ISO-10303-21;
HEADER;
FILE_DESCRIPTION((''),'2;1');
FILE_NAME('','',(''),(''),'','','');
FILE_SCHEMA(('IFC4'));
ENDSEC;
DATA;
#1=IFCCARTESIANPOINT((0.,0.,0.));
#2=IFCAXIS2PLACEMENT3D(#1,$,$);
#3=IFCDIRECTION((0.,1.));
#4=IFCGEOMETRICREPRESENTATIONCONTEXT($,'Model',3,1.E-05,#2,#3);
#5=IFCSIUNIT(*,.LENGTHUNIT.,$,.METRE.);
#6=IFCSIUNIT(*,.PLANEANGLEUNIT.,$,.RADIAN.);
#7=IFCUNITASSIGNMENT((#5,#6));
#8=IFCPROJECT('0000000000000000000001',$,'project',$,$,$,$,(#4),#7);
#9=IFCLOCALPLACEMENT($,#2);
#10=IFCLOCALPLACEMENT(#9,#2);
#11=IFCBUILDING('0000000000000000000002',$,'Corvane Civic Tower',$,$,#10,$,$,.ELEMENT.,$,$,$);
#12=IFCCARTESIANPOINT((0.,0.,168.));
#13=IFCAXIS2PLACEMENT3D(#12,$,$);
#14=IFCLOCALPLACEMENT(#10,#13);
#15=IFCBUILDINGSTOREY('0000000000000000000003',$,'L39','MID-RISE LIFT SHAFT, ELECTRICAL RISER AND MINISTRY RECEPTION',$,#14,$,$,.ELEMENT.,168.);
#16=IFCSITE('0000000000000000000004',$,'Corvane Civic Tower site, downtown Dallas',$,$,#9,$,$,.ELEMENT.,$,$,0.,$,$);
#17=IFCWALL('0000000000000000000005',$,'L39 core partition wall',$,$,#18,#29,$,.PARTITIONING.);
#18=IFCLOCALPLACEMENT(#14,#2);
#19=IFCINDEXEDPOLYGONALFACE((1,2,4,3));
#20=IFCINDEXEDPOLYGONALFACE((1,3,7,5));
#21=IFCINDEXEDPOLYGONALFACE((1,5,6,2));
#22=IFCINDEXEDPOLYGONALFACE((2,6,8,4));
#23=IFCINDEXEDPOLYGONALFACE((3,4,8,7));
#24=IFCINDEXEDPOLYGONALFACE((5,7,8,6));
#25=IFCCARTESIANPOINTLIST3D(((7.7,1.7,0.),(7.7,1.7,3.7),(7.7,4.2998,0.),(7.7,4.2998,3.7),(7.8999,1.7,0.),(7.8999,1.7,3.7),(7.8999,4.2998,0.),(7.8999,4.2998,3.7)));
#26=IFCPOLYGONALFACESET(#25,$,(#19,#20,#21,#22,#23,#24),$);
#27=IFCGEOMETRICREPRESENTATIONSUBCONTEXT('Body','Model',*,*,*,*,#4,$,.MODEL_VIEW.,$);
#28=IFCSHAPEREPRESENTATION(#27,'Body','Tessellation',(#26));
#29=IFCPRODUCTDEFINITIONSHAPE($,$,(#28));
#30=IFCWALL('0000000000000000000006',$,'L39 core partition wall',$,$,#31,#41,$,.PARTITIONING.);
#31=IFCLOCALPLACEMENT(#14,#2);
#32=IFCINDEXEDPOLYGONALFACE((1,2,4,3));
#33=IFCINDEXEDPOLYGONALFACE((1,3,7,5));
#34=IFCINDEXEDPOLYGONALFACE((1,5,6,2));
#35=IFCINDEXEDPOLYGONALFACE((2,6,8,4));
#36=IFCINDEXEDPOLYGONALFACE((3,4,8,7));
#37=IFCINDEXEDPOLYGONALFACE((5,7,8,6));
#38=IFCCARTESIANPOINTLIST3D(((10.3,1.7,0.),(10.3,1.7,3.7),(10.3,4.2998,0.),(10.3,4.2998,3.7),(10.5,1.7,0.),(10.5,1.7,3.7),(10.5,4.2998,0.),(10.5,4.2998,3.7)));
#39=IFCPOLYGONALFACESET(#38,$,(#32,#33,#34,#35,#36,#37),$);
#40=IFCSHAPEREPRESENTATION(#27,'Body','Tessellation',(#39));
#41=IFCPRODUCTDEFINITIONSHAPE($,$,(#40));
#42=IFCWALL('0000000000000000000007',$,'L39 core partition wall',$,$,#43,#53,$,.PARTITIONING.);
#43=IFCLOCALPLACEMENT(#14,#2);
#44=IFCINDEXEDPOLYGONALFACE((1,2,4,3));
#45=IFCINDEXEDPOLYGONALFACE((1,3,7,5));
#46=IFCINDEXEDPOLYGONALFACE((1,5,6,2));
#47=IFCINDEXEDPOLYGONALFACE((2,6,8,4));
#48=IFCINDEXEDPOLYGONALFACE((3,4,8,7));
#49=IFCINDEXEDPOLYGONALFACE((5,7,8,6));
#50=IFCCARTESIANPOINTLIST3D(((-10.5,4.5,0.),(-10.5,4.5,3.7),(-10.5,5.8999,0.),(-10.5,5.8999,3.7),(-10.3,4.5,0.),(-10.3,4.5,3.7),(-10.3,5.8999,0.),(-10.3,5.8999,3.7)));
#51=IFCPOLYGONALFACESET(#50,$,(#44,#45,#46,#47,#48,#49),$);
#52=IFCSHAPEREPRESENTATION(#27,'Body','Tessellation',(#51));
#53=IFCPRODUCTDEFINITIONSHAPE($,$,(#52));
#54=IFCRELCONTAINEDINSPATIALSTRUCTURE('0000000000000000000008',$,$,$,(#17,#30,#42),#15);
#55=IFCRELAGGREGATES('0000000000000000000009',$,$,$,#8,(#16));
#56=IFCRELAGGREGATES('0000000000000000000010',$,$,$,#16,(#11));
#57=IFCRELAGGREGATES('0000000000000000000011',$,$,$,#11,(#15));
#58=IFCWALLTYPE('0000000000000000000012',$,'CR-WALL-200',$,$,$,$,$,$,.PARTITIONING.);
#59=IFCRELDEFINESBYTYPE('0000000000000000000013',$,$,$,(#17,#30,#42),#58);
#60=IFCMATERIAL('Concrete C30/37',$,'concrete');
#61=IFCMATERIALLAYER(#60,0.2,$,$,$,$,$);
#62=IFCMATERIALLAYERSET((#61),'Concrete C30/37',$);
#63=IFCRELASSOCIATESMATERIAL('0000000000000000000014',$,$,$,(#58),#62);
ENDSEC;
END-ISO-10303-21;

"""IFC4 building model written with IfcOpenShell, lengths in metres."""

from ifc_helpers import new_model, si_unit, direction, frame, origin, place, context, subcontext, project, spatial, polyline, outline, extrude, material, layer, layer_set, type_object, element, save


model = new_model("IFC4")

# Units and contexts
model_context = context("Model", 3, precision=1e-05, world=origin(), true_north=direction((0.0, 1.0)))
body_context = subcontext(model_context, "Body", "Model", "MODEL_VIEW")
ifc_project = project(units=[si_unit("LENGTHUNIT", "METRE"), si_unit("PLANEANGLEUNIT", "RADIAN")], contexts=[model_context])

# Site, building, storey
site_placement = place(None, origin())
site = spatial("IfcSite", under=ifc_project, at=site_placement, Name="Corvane Civic Tower site, downtown Dallas", CompositionType="ELEMENT", RefElevation=0.0)
building_placement = place(site_placement, origin())
building = spatial("IfcBuilding", under=site, at=building_placement, Name="Corvane Civic Tower", CompositionType="ELEMENT")
storey_placement = place(building_placement, frame((0.0, 0.0, 168.0)))
storey = spatial("IfcBuildingStorey", under=building, at=storey_placement, Name="L39", Description="MID-RISE LIFT SHAFT, ELECTRICAL RISER AND MINISTRY RECEPTION", CompositionType="ELEMENT", Elevation=168.0)

# Walls
ifc_material = material(Name="Concrete C30/37", Category="concrete")
ifc_layer = layer(ifc_material, 0.2)
ifc_layer_set = layer_set([ifc_layer], Name="Concrete C30/37")
wall_type = type_object("IfcWallType", Name="CR-WALL-200", PredefinedType="PARTITIONING", material=ifc_layer_set)
wall_1_placement = place(storey_placement, origin())
element("IfcWall", 1, at=wall_1_placement, inside=storey, type_object=wall_type, Name="L39 core partition wall", PredefinedType="PARTITIONING", context=body_context, shape_type="SweptSolid", body=[
    extrude(outline(polyline([(7.8999, 1.7), (7.7, 1.7), (7.7, 4.2998), (7.8999, 4.2998), (7.8999, 1.7)])), origin(), (0.0, 0.0, 1.0), 3.7),
])
wall_2_placement = place(storey_placement, origin())
element("IfcWall", 2, at=wall_2_placement, inside=storey, type_object=wall_type, Name="L39 core partition wall", PredefinedType="PARTITIONING", context=body_context, shape_type="SweptSolid", body=[
    extrude(outline(polyline([(10.5, 1.7), (10.3, 1.7), (10.3, 4.2998), (10.5, 4.2998), (10.5, 1.7)])), origin(), (0.0, 0.0, 1.0), 3.7),
])
wall_3_placement = place(storey_placement, origin())
element("IfcWall", 3, at=wall_3_placement, inside=storey, type_object=wall_type, Name="L39 core partition wall", PredefinedType="PARTITIONING", context=body_context, shape_type="SweptSolid", body=[
    extrude(outline(polyline([(-10.3, 4.5), (-10.5, 4.5), (-10.5, 5.8999), (-10.3, 5.8999), (-10.3, 4.5)])), origin(), (0.0, 0.0, 1.0), 3.7),
])

save(model, "model.ifc")
